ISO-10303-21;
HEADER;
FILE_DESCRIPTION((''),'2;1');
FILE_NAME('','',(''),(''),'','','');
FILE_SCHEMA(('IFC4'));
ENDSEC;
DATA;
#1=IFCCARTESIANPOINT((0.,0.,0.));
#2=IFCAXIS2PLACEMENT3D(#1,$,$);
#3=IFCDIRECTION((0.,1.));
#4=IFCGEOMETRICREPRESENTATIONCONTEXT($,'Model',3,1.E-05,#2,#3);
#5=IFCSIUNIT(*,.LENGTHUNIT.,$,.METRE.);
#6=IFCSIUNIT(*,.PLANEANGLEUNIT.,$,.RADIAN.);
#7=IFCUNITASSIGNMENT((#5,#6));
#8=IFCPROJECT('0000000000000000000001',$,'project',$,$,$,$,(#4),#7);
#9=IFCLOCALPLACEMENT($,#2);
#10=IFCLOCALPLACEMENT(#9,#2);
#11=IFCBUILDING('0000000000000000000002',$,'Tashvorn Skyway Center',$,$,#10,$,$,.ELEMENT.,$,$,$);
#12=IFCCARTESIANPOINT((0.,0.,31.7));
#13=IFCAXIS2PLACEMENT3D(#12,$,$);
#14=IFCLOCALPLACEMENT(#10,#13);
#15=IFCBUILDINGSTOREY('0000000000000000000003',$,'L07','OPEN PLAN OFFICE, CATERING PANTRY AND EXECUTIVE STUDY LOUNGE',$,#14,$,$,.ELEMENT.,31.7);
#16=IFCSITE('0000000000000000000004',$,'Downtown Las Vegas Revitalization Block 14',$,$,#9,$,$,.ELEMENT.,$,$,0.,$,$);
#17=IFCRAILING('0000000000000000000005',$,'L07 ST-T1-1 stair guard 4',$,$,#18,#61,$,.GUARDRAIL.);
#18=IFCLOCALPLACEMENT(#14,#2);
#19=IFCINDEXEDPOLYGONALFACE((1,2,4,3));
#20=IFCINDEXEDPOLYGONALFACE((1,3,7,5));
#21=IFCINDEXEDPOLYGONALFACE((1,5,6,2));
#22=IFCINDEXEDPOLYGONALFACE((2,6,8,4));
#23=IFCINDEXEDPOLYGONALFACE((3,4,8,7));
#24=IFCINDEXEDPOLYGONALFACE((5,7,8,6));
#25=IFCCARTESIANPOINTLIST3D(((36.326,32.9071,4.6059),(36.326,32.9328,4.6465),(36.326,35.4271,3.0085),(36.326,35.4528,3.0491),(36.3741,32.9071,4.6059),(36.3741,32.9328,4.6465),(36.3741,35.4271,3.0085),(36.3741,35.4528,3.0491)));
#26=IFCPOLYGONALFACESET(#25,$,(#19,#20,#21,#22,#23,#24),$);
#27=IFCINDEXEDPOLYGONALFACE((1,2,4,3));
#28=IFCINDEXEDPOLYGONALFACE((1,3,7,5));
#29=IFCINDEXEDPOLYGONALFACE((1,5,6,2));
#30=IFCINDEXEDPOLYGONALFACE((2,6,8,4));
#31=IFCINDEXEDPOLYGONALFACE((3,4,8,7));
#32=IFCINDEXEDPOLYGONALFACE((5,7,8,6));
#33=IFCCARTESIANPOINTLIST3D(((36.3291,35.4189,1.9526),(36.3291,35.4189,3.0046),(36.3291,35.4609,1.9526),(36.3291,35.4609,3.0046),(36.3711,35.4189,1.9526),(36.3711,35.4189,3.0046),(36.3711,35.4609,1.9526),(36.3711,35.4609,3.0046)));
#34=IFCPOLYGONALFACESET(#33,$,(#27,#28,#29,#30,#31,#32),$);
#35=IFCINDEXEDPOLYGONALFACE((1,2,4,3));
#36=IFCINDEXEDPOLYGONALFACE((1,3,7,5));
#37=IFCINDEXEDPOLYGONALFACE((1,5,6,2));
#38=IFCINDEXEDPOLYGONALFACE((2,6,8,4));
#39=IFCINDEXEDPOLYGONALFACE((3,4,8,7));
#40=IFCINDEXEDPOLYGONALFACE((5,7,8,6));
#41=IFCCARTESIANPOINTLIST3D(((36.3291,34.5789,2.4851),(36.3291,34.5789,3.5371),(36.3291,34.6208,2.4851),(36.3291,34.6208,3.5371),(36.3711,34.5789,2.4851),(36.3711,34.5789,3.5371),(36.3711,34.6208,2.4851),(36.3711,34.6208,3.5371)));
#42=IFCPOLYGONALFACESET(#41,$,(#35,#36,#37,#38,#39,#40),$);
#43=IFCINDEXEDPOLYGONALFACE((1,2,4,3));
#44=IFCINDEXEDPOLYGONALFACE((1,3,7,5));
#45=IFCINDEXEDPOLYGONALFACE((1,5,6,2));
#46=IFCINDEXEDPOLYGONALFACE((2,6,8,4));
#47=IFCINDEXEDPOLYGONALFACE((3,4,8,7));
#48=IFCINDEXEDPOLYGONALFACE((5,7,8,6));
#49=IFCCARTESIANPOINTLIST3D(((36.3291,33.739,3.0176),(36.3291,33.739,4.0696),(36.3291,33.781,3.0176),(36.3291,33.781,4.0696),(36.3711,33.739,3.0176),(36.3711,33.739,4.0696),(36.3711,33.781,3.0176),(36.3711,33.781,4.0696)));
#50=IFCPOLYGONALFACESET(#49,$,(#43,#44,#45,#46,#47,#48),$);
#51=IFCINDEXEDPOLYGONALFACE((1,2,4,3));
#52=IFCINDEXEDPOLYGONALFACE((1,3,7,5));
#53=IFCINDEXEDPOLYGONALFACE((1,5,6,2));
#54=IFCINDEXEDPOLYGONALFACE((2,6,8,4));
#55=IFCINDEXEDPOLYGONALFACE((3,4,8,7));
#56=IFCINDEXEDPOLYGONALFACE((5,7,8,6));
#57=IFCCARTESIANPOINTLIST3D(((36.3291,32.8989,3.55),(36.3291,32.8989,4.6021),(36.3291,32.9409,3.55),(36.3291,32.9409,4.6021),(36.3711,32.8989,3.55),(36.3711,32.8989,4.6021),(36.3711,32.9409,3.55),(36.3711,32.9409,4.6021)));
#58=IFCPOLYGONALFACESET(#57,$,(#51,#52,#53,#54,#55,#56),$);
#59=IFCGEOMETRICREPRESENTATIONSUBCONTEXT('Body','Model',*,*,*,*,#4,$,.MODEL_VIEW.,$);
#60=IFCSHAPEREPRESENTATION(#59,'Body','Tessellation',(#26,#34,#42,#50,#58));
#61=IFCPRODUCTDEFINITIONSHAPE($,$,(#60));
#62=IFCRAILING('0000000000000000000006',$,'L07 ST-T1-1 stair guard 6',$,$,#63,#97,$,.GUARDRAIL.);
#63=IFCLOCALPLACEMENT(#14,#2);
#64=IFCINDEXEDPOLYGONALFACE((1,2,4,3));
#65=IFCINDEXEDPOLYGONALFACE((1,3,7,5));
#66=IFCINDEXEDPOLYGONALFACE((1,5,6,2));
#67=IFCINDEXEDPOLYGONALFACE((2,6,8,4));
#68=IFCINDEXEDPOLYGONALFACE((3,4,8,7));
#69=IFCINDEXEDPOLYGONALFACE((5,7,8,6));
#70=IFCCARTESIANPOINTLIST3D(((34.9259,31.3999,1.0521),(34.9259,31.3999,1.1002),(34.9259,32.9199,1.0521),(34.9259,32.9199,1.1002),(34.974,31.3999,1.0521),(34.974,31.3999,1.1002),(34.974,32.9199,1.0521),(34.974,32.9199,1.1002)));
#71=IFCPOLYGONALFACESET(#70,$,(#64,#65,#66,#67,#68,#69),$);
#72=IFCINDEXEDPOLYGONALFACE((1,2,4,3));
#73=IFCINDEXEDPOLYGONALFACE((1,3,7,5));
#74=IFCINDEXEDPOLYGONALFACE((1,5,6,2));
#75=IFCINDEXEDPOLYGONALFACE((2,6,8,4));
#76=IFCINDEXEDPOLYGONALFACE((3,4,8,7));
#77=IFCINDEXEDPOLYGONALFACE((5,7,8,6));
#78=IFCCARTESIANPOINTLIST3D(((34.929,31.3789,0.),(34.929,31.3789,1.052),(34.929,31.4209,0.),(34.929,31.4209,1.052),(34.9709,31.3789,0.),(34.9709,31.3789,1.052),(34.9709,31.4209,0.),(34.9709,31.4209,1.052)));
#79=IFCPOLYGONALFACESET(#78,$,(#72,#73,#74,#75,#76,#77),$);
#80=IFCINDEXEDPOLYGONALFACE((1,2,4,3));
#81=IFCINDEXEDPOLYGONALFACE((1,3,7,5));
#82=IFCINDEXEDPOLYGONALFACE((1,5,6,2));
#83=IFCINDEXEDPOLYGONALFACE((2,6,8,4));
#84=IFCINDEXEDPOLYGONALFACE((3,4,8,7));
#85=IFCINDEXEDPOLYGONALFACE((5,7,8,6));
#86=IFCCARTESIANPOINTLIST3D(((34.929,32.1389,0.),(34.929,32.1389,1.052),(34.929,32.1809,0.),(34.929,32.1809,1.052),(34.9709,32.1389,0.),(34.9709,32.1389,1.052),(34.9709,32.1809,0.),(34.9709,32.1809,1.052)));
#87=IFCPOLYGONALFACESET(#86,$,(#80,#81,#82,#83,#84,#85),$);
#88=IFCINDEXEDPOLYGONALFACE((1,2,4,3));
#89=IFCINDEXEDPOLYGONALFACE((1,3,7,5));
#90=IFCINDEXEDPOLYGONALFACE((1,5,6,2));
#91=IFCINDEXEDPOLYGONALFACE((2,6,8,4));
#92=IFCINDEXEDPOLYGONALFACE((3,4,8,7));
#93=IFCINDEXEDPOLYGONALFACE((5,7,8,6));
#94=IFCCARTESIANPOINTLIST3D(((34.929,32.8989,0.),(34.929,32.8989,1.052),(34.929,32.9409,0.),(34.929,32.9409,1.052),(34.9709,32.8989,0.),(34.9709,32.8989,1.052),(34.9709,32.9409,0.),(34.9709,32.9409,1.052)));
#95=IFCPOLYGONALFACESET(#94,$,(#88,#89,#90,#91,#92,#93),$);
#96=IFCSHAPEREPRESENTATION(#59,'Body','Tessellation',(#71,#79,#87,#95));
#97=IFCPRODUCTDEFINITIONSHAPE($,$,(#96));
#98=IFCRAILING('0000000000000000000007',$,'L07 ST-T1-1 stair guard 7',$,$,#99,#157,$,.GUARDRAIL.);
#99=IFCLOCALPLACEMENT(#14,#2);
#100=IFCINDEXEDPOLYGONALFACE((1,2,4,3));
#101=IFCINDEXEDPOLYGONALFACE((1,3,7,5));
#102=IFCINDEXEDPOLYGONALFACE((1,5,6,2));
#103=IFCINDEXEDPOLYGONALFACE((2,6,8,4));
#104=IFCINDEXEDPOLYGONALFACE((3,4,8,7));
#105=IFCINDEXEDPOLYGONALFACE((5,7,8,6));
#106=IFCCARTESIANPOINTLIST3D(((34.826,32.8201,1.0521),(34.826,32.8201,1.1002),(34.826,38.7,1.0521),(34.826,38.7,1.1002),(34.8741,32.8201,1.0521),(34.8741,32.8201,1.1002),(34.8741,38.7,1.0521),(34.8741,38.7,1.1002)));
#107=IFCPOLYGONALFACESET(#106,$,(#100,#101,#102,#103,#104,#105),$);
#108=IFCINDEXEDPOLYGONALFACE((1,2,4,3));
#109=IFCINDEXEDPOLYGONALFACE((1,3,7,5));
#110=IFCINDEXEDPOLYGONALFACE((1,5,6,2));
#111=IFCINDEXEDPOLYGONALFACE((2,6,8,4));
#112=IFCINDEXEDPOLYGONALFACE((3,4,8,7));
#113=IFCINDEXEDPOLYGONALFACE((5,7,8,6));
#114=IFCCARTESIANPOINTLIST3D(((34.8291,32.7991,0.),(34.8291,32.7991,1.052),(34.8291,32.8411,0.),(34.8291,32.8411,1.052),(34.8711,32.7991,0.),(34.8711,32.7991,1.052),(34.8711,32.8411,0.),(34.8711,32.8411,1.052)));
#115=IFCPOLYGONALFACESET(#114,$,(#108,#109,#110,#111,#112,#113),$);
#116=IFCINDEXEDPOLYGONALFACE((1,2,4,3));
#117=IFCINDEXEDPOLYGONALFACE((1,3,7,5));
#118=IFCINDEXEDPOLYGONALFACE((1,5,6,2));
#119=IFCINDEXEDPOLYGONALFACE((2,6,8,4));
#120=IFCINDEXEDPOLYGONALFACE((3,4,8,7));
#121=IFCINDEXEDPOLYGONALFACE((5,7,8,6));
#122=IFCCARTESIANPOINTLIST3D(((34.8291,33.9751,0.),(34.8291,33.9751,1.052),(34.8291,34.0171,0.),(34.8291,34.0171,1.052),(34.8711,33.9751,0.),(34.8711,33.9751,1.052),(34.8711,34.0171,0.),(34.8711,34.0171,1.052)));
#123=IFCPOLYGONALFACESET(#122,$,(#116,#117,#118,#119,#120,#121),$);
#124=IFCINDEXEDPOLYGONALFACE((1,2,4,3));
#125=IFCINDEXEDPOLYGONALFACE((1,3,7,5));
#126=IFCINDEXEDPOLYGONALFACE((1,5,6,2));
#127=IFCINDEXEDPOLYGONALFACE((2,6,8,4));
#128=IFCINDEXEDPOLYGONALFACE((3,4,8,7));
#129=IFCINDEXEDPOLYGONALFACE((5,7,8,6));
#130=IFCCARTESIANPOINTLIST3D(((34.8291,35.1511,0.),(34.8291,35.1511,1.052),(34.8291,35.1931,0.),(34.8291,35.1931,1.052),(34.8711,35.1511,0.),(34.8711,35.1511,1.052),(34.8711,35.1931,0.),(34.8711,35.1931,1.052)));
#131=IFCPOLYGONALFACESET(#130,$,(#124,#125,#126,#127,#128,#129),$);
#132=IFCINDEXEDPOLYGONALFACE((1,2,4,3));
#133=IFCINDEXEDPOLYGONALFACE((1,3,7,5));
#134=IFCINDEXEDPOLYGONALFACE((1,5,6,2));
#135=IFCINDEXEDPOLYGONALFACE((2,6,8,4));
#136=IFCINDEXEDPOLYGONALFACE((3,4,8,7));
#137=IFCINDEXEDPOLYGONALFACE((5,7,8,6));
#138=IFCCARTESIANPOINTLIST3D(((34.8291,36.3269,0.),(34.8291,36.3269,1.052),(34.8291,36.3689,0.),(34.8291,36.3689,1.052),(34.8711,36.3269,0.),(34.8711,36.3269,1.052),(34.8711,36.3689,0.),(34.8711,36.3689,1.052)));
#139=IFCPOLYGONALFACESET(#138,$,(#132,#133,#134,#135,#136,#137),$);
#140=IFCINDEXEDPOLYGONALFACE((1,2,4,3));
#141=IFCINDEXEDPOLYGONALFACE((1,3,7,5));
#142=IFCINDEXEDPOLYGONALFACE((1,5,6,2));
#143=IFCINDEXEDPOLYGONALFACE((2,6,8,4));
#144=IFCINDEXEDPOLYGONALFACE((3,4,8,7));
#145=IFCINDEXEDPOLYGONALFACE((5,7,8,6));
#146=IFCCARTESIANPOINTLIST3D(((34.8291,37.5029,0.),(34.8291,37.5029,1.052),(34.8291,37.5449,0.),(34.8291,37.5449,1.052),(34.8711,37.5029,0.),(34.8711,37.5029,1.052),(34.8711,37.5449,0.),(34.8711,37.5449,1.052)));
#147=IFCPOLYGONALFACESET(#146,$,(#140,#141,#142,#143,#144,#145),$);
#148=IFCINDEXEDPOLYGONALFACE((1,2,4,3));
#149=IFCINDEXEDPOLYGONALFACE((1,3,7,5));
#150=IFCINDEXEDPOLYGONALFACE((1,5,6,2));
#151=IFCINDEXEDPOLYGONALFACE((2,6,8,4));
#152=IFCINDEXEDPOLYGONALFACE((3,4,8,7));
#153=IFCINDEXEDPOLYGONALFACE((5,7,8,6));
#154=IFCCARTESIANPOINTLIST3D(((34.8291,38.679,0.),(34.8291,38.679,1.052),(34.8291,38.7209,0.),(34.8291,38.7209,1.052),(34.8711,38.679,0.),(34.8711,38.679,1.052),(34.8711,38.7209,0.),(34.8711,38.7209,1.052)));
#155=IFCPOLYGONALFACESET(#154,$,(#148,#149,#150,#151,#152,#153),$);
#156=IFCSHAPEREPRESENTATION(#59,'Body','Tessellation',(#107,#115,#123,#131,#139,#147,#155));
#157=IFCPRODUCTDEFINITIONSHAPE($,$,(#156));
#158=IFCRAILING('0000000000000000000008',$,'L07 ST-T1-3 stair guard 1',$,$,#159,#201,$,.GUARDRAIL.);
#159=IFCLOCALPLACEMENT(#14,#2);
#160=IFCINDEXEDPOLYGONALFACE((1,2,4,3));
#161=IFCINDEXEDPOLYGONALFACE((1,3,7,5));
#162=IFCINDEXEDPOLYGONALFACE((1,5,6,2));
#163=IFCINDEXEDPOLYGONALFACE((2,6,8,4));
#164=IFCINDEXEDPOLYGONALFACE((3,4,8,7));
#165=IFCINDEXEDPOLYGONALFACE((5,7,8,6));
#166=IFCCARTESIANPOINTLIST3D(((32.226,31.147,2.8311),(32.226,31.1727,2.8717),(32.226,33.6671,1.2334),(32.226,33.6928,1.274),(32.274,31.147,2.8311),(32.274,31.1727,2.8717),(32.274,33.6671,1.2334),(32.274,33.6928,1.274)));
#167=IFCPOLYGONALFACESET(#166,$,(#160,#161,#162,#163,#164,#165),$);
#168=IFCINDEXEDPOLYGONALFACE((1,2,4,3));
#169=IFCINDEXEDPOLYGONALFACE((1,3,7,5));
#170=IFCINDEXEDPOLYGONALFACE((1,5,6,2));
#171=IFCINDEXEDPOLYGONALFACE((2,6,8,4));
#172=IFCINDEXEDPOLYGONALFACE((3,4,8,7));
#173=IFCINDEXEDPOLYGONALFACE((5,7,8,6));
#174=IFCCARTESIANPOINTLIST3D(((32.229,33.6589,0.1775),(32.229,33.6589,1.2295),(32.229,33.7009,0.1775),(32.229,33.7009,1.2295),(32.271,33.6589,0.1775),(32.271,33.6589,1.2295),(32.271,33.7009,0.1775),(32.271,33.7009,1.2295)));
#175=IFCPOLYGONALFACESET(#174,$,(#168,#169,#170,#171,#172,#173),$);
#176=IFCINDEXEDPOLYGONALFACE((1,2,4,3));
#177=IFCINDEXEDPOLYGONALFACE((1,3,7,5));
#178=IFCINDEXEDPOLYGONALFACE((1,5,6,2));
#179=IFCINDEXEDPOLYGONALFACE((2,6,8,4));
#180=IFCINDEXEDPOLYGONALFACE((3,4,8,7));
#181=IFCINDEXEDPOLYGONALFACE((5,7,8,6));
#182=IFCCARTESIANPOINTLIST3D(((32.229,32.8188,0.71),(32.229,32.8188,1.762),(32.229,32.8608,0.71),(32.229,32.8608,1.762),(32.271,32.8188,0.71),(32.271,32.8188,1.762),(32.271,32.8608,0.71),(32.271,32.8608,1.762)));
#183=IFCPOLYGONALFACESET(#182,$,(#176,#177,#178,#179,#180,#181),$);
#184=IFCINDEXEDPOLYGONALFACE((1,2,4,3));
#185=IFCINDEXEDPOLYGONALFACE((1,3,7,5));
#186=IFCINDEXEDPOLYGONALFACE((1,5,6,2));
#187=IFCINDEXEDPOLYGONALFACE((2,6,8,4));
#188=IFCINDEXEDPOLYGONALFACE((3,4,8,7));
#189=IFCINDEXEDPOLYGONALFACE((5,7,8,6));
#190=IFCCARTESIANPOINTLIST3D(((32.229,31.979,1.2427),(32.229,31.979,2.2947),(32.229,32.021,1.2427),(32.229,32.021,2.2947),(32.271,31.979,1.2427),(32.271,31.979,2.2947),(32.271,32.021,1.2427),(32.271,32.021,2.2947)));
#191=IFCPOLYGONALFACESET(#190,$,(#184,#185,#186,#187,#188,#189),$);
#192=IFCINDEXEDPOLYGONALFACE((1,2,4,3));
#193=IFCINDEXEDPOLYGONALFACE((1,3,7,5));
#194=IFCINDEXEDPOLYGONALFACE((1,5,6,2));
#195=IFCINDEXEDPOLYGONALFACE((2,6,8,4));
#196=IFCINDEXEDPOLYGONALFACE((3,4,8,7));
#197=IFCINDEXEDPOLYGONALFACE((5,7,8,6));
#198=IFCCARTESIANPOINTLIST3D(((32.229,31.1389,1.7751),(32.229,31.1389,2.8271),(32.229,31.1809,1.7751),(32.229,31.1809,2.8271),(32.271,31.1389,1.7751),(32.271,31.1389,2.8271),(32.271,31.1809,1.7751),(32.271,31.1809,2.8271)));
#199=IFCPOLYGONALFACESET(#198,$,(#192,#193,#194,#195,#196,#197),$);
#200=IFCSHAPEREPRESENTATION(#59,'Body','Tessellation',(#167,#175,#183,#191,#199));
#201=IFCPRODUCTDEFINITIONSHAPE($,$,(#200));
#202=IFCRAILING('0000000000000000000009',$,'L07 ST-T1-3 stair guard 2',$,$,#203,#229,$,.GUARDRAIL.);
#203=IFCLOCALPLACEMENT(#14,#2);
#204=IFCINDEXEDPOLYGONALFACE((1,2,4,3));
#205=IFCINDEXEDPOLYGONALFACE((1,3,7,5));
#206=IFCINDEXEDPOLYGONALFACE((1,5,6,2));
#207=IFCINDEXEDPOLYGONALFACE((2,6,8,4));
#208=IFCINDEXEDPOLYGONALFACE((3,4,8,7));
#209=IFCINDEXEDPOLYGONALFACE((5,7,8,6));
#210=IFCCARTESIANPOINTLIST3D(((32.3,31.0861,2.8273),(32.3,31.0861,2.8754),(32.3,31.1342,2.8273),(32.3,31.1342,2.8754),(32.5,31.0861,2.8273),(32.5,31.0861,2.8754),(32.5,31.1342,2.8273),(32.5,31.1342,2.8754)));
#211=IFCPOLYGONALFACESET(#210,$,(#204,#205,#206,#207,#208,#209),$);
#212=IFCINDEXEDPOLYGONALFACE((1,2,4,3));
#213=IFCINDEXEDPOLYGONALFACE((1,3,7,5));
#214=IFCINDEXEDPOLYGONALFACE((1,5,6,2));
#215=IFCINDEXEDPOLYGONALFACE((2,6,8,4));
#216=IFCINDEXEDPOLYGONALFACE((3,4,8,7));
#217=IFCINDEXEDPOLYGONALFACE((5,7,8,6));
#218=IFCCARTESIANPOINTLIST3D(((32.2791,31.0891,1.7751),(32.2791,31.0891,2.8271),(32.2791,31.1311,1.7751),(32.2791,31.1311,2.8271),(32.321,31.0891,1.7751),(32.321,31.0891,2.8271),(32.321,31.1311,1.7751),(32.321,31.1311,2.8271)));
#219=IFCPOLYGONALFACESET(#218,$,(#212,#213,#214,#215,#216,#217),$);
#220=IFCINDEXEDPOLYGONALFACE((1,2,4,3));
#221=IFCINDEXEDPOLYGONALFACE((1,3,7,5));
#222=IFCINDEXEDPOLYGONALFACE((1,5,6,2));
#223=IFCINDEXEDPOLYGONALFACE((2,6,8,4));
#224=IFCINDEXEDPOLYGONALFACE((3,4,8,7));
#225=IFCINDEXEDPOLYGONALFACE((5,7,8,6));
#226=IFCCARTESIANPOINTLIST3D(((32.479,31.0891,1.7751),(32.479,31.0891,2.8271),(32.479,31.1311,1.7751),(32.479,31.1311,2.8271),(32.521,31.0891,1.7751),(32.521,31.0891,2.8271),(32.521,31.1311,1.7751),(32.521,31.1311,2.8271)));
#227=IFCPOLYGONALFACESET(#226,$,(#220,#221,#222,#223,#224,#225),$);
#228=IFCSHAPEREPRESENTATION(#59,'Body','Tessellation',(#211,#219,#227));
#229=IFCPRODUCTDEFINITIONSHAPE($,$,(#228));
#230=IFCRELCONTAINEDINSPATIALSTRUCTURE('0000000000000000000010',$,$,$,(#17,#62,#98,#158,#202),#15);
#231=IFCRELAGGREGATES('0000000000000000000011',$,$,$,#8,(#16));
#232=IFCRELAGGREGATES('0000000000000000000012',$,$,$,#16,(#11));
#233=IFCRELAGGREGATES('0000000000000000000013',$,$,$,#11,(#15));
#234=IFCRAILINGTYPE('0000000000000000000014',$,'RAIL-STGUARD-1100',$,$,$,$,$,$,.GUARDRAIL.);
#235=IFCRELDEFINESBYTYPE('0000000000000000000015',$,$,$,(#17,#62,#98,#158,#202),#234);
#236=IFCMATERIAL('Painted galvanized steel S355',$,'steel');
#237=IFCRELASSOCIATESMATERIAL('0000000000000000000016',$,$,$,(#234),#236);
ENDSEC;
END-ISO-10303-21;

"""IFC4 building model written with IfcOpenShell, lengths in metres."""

from ifc_helpers import new_model, si_unit, direction, frame, origin, origin_2d, place, context, subcontext, project, spatial, rectangle, extrude, material, type_object, element, save


model = new_model("IFC4")

# Units and contexts
model_context = context("Model", 3, precision=1e-05, world=origin(), true_north=direction((0.0, 1.0)))
body_context = subcontext(model_context, "Body", "Model", "MODEL_VIEW")
ifc_project = project(units=[si_unit("LENGTHUNIT", "METRE"), si_unit("PLANEANGLEUNIT", "RADIAN")], contexts=[model_context])

# Site, building, storey
site_placement = place(None, origin())
site = spatial("IfcSite", under=ifc_project, at=site_placement, Name="Downtown Las Vegas Revitalization Block 14", CompositionType="ELEMENT", RefElevation=0.0)
building_placement = place(site_placement, origin())
building = spatial("IfcBuilding", under=site, at=building_placement, Name="Tashvorn Skyway Center", CompositionType="ELEMENT")
storey_placement = place(building_placement, frame((0.0, 0.0, 31.7)))
storey = spatial("IfcBuildingStorey", under=building, at=storey_placement, Name="L07", Description="OPEN PLAN OFFICE, CATERING PANTRY AND EXECUTIVE STUDY LOUNGE", CompositionType="ELEMENT", Elevation=31.7)

# Railings
ifc_material_1 = material(Name="Painted galvanized steel S355", Category="steel")
railing_type_1 = type_object("IfcRailingType", Name="RAIL-STGUARD-1100", PredefinedType="GUARDRAIL", material=ifc_material_1)
railing_1_placement = place(storey_placement, frame((36.3501, 35.4399, 1.9526)))
element("IfcRailing", 1, at=railing_1_placement, inside=storey, type_object=railing_type_1, Name="L07 ST-T1-1 stair guard 4", PredefinedType="GUARDRAIL", context=body_context, shape_type="SweptSolid", body=[
    extrude(rectangle(XDim=0.0481, YDim=0.0481, at=origin_2d()), frame((0.0, 0.0, 1.0762), z_axis=(0.0, -0.844607, 0.535387), x_axis=(1.0, 0.0, 0.0)), (0.0, 0.0, 1.0), 2.9836),
    extrude(rectangle(XDim=0.042, YDim=0.042, at=origin_2d()), origin(), (0.0, 0.0, 1.0), 1.052),
    extrude(rectangle(XDim=0.042, YDim=0.042, at=origin_2d()), frame((0.0, -0.8401, 0.5325)), (0.0, 0.0, 1.0), 1.052),
    extrude(rectangle(XDim=0.042, YDim=0.042, at=origin_2d()), frame((0.0, -1.6799, 1.0649)), (0.0, 0.0, 1.0), 1.052),
    extrude(rectangle(XDim=0.042, YDim=0.042, at=origin_2d()), frame((0.0, -2.52, 1.5974)), (0.0, 0.0, 1.0), 1.052),
])
railing_2_placement = place(storey_placement, frame((34.95, 31.3999, 0.0)))
element("IfcRailing", 2, at=railing_2_placement, inside=storey, type_object=railing_type_1, Name="L07 ST-T1-1 stair guard 6", PredefinedType="GUARDRAIL", context=body_context, shape_type="SweptSolid", body=[
    extrude(rectangle(XDim=0.0481, YDim=0.0481, at=origin_2d()), frame((0.0, 0.0, 1.0762), z_axis=(0.0, 1.0, 0.0), x_axis=(-1.0, 0.0, 0.0)), (0.0, 0.0, 1.0), 1.52),
    extrude(rectangle(XDim=0.042, YDim=0.042, at=origin_2d()), origin(), (0.0, 0.0, 1.0), 1.052),
    extrude(rectangle(XDim=0.042, YDim=0.042, at=origin_2d()), frame((0.0, 0.76, 0.0)), (0.0, 0.0, 1.0), 1.052),
    extrude(rectangle(XDim=0.042, YDim=0.042, at=origin_2d()), frame((0.0, 1.52, 0.0)), (0.0, 0.0, 1.0), 1.052),
])
railing_3_placement = place(storey_placement, frame((34.8501, 32.8201, 0.0)))
element("IfcRailing", 3, at=railing_3_placement, inside=storey, type_object=railing_type_1, Name="L07 ST-T1-1 stair guard 7", PredefinedType="GUARDRAIL", context=body_context, shape_type="SweptSolid", body=[
    extrude(rectangle(XDim=0.0481, YDim=0.0481, at=origin_2d()), frame((0.0, 0.0, 1.0762), z_axis=(0.0, 1.0, 0.0), x_axis=(-1.0, 0.0, 0.0)), (0.0, 0.0, 1.0), 5.8799),
    extrude(rectangle(XDim=0.042, YDim=0.042, at=origin_2d()), origin(), (0.0, 0.0, 1.0), 1.052),
    extrude(rectangle(XDim=0.042, YDim=0.042, at=origin_2d()), frame((0.0, 1.176, 0.0)), (0.0, 0.0, 1.0), 1.052),
    extrude(rectangle(XDim=0.042, YDim=0.042, at=origin_2d()), frame((0.0, 2.3521, 0.0)), (0.0, 0.0, 1.0), 1.052),
    extrude(rectangle(XDim=0.042, YDim=0.042, at=origin_2d()), frame((0.0, 3.5278, 0.0)), (0.0, 0.0, 1.0), 1.052),
    extrude(rectangle(XDim=0.042, YDim=0.042, at=origin_2d()), frame((0.0, 4.7039, 0.0)), (0.0, 0.0, 1.0), 1.052),
    extrude(rectangle(XDim=0.042, YDim=0.042, at=origin_2d()), frame((0.0, 5.8799, 0.0)), (0.0, 0.0, 1.0), 1.052),
])
railing_4_placement = place(storey_placement, frame((32.25, 33.6799, 0.1775)))
element("IfcRailing", 4, at=railing_4_placement, inside=storey, type_object=railing_type_1, Name="L07 ST-T1-3 stair guard 1", PredefinedType="GUARDRAIL", context=body_context, shape_type="SweptSolid", body=[
    extrude(rectangle(XDim=0.0481, YDim=0.0481, at=origin_2d()), frame((0.0, 0.0, 1.0762), z_axis=(0.0, -0.84457, 0.535445), x_axis=(1.0, 0.0, 0.0)), (0.0, 0.0, 1.0), 2.9839),
    extrude(rectangle(XDim=0.042, YDim=0.042, at=origin_2d()), origin(), (0.0, 0.0, 1.0), 1.052),
    extrude(rectangle(XDim=0.042, YDim=0.042, at=origin_2d()), frame((0.0, -0.8401, 0.5325)), (0.0, 0.0, 1.0), 1.052),
    extrude(rectangle(XDim=0.042, YDim=0.042, at=origin_2d()), frame((0.0, -1.6799, 1.0652)), (0.0, 0.0, 1.0), 1.052),
    extrude(rectangle(XDim=0.042, YDim=0.042, at=origin_2d()), frame((0.0, -2.52, 1.5977)), (0.0, 0.0, 1.0), 1.052),
])
railing_5_placement = place(storey_placement, frame((32.3, 31.1101, 1.7751)))
element("IfcRailing", 5, at=railing_5_placement, inside=storey, type_object=railing_type_1, Name="L07 ST-T1-3 stair guard 2", PredefinedType="GUARDRAIL", context=body_context, shape_type="SweptSolid", body=[
    extrude(rectangle(XDim=0.0481, YDim=0.0481, at=origin_2d()), frame((0.0, 0.0, 1.0762), z_axis=(1.0, 0.0, 0.0), x_axis=(0.0, 1.0, 0.0)), (0.0, 0.0, 1.0), 0.2),
    extrude(rectangle(XDim=0.042, YDim=0.042, at=origin_2d()), origin(), (0.0, 0.0, 1.0), 1.052),
    extrude(rectangle(XDim=0.042, YDim=0.042, at=origin_2d()), frame((0.2, 0.0, 0.0)), (0.0, 0.0, 1.0), 1.052),
])

save(model, "model.ifc")
